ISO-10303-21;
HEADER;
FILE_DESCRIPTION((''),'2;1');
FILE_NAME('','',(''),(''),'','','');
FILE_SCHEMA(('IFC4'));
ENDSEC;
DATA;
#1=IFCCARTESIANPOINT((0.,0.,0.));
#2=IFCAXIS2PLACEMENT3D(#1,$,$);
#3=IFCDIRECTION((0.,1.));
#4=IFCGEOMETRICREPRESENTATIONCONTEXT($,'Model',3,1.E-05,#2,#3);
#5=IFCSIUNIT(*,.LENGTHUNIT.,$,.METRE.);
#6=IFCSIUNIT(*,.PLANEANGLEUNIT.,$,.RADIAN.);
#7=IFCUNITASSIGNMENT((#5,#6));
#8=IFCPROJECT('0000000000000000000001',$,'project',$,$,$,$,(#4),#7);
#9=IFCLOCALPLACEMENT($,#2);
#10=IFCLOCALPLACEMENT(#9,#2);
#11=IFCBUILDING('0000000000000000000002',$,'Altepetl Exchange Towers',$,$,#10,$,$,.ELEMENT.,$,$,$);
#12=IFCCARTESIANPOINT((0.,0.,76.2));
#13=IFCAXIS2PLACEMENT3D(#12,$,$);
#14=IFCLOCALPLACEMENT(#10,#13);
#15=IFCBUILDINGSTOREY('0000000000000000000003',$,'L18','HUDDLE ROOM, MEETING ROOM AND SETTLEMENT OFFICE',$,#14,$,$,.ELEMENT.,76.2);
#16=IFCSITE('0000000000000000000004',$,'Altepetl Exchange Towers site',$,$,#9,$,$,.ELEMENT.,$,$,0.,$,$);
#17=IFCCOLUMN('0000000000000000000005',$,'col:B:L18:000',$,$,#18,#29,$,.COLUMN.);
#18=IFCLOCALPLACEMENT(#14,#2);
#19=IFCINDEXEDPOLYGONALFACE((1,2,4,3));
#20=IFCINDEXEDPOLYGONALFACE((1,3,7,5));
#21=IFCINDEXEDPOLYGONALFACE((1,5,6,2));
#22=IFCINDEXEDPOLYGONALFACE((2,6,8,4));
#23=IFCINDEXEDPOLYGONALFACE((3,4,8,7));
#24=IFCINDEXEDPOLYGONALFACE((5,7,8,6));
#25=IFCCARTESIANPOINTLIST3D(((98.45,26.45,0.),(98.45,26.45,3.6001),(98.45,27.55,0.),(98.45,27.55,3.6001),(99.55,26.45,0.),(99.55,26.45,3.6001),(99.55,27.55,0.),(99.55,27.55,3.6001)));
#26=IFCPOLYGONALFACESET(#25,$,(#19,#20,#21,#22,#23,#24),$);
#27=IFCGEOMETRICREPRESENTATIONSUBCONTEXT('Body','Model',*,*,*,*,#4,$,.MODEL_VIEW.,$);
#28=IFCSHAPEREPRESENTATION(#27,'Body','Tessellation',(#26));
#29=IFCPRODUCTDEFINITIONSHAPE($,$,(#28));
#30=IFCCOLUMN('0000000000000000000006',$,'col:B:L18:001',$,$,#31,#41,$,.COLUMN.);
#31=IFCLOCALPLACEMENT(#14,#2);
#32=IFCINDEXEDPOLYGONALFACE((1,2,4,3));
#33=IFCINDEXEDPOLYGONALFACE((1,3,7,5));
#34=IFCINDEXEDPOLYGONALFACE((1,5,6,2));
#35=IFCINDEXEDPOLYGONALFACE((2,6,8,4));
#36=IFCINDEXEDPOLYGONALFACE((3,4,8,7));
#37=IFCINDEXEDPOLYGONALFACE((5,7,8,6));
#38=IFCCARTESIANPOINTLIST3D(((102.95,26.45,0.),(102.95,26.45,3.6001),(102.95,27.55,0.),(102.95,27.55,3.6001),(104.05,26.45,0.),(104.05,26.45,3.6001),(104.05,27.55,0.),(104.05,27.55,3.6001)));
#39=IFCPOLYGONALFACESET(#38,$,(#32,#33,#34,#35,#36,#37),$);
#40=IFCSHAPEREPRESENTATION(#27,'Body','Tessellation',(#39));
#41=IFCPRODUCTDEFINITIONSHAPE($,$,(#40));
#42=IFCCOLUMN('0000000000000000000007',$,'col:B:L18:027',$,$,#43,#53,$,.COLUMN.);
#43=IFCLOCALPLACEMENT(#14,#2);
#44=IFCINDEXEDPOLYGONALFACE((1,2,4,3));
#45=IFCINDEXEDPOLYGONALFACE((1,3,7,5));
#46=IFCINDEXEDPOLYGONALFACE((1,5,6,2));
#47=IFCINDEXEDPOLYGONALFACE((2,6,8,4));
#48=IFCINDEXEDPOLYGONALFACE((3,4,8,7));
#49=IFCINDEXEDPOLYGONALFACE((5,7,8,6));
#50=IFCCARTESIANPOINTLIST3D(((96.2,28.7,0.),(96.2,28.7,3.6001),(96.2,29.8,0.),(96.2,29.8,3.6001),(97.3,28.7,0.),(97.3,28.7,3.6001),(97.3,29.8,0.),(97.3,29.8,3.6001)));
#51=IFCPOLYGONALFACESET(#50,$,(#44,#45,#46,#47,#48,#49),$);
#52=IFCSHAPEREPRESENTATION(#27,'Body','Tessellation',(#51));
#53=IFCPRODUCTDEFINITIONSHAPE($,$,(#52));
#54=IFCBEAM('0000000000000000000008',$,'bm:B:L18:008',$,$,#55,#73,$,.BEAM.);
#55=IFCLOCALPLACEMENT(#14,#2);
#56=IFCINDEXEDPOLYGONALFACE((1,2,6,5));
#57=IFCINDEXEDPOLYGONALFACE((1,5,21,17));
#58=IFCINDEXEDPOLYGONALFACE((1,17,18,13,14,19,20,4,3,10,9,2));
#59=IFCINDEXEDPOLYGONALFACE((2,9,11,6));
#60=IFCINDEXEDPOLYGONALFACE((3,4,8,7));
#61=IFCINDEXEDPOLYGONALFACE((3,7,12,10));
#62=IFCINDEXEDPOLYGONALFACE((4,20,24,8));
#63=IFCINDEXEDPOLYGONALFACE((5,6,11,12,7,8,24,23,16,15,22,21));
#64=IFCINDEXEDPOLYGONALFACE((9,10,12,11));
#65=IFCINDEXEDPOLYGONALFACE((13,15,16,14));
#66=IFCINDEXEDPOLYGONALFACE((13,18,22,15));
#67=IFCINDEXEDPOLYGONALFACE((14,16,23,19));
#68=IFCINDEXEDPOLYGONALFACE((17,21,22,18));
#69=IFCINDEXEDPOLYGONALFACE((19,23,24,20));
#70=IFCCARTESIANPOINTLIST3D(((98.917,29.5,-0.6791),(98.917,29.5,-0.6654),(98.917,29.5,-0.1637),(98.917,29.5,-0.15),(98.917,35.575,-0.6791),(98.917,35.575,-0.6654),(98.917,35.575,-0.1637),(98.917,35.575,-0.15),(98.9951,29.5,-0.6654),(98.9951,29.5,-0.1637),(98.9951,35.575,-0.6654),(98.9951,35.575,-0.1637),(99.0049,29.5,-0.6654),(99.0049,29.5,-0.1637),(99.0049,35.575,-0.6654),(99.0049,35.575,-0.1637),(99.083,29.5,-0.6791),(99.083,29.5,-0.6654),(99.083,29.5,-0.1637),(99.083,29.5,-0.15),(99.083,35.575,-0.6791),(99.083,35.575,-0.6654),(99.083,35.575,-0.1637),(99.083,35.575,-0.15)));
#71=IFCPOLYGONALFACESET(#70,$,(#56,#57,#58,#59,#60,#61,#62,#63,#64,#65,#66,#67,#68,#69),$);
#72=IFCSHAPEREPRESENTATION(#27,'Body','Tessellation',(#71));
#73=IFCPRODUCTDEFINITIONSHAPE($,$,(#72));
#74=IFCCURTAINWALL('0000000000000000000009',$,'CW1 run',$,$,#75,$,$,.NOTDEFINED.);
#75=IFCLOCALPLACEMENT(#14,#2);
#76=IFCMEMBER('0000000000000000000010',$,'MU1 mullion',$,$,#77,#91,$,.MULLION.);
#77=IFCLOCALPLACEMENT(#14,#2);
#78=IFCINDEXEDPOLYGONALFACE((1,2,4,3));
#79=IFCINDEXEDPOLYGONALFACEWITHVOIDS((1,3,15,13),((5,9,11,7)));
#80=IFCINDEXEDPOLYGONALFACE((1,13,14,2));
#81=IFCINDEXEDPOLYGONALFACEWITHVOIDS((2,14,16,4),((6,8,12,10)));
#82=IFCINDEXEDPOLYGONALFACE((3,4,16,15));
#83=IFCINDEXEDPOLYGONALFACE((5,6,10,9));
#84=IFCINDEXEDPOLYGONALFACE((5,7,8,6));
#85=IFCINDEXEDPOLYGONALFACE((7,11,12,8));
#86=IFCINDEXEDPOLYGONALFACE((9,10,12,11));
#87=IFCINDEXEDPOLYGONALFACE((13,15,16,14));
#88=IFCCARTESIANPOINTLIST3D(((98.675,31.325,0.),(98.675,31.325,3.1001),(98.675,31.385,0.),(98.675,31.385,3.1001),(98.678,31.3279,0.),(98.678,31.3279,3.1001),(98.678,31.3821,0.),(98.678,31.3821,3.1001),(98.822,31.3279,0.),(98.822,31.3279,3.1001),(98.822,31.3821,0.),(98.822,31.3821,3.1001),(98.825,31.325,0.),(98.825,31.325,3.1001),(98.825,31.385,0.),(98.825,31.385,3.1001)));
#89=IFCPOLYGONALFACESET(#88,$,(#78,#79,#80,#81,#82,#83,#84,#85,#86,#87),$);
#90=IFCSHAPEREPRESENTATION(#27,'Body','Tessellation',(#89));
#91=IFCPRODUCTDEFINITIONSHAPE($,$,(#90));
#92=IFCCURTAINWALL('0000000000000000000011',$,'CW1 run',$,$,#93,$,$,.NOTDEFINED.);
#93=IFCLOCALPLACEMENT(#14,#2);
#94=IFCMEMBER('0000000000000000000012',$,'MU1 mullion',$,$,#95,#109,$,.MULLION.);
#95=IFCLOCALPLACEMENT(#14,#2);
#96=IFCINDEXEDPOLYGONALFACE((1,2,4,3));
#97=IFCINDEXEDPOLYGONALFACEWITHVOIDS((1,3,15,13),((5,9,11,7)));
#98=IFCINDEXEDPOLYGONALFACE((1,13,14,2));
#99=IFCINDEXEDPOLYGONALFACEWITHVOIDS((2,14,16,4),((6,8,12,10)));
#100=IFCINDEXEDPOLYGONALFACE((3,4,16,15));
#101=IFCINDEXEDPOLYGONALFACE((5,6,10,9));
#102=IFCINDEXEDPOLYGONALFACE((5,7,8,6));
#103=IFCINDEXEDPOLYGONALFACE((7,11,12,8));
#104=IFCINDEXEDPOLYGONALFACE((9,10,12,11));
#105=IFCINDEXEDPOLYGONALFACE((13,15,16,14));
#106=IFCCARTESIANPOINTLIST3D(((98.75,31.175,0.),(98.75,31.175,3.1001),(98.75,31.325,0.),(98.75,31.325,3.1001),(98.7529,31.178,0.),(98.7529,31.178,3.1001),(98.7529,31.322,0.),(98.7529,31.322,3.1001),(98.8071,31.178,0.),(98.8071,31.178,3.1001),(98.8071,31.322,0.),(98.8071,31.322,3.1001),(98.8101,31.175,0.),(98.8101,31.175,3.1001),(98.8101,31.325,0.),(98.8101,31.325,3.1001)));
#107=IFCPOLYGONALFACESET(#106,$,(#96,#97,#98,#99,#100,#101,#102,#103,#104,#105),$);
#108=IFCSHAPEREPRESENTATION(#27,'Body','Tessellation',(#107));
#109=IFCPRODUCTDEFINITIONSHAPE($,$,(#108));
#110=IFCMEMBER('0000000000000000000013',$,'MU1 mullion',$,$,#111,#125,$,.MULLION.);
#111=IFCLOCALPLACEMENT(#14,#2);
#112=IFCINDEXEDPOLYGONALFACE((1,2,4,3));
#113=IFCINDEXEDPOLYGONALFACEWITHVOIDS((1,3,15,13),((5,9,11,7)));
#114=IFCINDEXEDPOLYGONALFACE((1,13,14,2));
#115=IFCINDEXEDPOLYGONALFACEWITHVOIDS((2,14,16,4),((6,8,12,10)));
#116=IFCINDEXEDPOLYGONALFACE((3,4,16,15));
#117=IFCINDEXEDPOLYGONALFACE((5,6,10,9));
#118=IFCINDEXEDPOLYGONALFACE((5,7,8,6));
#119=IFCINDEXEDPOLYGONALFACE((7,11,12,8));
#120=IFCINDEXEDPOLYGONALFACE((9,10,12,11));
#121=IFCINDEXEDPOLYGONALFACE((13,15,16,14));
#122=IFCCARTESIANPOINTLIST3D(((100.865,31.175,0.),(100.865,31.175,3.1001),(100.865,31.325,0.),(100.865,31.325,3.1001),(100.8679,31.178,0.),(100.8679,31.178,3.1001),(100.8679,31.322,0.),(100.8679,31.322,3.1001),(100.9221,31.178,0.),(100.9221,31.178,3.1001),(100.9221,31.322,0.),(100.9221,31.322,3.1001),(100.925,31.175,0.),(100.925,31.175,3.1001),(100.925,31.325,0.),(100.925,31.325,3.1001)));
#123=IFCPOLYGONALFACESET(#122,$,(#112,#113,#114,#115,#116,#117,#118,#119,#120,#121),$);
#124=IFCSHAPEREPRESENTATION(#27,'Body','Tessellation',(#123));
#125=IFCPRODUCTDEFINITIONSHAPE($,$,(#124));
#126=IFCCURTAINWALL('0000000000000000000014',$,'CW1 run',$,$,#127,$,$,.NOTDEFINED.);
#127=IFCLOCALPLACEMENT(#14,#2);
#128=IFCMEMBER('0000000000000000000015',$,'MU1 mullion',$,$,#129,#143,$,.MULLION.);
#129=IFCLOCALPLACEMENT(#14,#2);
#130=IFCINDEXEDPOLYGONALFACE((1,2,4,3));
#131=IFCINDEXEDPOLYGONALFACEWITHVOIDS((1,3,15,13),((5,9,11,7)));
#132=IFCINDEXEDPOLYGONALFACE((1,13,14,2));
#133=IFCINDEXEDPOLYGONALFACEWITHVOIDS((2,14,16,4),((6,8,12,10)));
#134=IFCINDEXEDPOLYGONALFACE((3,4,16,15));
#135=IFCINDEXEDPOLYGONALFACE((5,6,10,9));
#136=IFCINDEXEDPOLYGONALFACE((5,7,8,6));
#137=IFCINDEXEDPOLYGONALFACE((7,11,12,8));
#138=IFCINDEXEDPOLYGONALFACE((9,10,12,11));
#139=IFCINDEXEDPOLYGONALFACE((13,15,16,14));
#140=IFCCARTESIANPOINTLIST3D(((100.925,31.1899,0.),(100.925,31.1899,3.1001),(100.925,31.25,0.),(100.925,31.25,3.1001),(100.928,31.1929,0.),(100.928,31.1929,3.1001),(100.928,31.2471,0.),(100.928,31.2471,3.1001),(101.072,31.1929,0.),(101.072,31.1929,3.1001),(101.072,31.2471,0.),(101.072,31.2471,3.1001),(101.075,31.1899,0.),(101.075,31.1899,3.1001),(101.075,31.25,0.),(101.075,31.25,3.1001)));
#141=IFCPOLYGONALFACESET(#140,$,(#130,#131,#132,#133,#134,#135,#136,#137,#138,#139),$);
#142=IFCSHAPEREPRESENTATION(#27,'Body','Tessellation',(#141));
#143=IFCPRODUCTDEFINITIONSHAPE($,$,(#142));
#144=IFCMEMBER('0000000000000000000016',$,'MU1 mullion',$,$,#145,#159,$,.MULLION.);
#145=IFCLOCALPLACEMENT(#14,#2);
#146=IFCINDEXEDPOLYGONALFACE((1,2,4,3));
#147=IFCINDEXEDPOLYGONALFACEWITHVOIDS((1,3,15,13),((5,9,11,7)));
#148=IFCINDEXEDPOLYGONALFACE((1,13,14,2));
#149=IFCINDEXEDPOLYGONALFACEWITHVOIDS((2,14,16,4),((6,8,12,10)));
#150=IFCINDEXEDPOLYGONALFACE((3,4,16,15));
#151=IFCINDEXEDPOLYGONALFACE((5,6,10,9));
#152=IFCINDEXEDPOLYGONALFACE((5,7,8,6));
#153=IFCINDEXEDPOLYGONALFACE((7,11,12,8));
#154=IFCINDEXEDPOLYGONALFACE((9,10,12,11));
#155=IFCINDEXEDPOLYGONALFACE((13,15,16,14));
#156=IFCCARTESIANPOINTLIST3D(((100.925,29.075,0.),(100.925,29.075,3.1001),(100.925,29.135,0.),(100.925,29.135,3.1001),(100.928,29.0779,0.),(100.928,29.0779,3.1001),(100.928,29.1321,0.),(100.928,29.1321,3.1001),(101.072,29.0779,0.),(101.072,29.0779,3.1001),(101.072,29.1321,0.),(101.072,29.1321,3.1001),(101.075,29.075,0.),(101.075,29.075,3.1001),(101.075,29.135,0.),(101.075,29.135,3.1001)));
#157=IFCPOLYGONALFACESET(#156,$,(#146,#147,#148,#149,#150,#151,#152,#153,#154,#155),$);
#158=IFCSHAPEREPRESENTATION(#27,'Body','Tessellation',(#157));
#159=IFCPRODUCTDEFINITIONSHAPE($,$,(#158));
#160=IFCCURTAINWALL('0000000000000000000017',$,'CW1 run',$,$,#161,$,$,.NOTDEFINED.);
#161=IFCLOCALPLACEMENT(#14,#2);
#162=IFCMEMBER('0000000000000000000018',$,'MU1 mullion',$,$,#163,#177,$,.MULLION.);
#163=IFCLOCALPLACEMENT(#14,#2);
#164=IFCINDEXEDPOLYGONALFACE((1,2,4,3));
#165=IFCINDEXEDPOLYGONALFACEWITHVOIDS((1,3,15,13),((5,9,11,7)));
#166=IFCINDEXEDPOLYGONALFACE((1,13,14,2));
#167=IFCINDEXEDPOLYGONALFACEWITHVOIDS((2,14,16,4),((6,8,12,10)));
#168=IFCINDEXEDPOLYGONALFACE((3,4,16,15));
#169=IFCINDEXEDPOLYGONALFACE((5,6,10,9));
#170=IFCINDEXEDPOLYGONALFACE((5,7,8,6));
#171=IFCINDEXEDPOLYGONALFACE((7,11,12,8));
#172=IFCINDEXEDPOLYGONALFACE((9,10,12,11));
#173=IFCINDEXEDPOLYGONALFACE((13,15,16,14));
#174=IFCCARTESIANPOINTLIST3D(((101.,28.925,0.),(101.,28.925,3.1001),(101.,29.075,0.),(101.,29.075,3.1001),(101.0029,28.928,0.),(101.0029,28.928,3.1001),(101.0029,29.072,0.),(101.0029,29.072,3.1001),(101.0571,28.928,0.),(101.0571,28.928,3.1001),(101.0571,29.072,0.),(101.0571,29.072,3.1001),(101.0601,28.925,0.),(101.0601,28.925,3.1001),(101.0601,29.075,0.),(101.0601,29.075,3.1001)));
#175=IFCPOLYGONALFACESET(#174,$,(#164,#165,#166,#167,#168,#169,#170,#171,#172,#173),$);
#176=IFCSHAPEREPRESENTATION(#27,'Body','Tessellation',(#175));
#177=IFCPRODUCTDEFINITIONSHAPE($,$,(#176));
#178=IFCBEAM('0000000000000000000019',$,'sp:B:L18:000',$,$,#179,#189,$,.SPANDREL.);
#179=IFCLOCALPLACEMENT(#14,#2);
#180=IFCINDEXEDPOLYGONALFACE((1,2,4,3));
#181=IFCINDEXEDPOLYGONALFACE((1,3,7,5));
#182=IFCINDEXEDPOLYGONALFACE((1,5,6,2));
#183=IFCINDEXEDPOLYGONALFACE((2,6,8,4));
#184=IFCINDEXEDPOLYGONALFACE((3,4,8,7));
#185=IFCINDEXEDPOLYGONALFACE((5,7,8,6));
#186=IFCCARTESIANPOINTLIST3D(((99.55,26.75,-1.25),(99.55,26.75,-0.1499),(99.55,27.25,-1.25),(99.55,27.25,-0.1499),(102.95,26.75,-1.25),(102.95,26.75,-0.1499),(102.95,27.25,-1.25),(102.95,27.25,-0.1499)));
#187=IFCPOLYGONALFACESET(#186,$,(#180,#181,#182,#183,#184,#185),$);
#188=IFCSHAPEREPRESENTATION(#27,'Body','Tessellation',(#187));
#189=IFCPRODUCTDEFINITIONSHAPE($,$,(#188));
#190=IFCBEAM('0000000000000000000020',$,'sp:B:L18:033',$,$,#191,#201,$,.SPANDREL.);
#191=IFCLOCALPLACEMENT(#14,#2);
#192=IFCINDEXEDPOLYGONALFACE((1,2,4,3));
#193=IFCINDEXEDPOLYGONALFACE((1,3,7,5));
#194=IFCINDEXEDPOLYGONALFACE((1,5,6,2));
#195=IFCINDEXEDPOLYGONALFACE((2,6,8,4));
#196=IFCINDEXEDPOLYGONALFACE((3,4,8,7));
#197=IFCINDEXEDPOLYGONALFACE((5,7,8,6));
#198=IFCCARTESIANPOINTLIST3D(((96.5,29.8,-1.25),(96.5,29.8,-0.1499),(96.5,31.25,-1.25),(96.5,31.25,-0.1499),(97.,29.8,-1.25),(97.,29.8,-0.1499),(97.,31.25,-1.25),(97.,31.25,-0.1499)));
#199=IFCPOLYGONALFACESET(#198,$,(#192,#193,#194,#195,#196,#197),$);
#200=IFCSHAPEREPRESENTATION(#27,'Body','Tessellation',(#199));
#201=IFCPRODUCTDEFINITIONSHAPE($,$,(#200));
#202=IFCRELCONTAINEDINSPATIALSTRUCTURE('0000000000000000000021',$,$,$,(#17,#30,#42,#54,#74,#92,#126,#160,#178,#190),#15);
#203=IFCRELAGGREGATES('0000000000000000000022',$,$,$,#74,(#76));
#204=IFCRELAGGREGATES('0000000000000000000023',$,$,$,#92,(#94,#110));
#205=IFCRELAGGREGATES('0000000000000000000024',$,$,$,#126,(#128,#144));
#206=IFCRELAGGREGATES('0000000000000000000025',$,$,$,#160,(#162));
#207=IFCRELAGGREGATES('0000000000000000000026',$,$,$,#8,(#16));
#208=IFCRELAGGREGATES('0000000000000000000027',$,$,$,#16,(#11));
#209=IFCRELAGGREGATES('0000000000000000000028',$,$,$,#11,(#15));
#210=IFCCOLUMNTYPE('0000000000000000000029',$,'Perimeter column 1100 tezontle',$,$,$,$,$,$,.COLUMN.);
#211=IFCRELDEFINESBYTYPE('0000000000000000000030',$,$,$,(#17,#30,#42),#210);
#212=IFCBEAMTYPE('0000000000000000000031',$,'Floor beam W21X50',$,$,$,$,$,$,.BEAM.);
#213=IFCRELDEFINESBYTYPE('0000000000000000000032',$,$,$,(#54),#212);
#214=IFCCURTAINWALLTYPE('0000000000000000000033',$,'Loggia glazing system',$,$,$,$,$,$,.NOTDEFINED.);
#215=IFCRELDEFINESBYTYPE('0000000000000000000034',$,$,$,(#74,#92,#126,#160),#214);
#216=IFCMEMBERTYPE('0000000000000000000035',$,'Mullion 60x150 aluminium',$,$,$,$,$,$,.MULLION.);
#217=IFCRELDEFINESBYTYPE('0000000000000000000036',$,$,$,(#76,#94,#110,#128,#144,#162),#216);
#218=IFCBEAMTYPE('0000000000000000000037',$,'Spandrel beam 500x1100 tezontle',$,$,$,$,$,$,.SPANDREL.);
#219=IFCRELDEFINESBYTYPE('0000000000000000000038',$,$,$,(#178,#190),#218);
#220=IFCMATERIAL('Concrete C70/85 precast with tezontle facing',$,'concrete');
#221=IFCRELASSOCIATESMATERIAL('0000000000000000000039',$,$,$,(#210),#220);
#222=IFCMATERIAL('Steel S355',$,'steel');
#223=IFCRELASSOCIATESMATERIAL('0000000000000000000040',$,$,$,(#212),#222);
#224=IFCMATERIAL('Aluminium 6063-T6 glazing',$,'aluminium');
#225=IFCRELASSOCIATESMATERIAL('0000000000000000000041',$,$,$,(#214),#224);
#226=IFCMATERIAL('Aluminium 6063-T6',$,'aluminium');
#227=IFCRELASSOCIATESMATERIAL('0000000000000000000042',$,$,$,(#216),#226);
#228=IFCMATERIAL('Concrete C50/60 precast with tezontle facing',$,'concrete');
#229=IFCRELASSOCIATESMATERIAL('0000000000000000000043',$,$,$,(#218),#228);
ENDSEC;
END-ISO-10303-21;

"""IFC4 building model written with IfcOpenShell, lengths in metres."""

from ifc_helpers import new_model, si_unit, direction, frame, origin, origin_2d, place, context, subcontext, project, spatial, rectangle, hollow_rectangle, i_section, extrude, material, material_profile, profile_set, type_object, element, aggregate, save


model = new_model("IFC4")

# Units and contexts
model_context = context("Model", 3, precision=1e-05, world=origin(), true_north=direction((0.0, 1.0)))
body_context = subcontext(model_context, "Body", "Model", "MODEL_VIEW")
ifc_project = project(units=[si_unit("LENGTHUNIT", "METRE"), si_unit("PLANEANGLEUNIT", "RADIAN")], contexts=[model_context])

# Site, building, storey
site_placement = place(None, origin())
site = spatial("IfcSite", under=ifc_project, at=site_placement, Name="Altepetl Exchange Towers site", CompositionType="ELEMENT", RefElevation=0.0)
building_placement = place(site_placement, origin())
building = spatial("IfcBuilding", under=site, at=building_placement, Name="Altepetl Exchange Towers", CompositionType="ELEMENT")
storey_placement = place(building_placement, frame((0.0, 0.0, 76.2)))
storey = spatial("IfcBuildingStorey", under=building, at=storey_placement, Name="L18", Description="HUDDLE ROOM, MEETING ROOM AND SETTLEMENT OFFICE", CompositionType="ELEMENT", Elevation=76.2)

# Columns
ifc_material_1 = material(Name="Concrete C70/85 precast with tezontle facing", Category="concrete")
ifc_material_profile_1 = material_profile(ifc_material_1, rectangle(XDim=1.1001, YDim=1.1001, at=origin_2d()), Name="1100 x 1100")
ifc_profile_set_1 = profile_set([ifc_material_profile_1], Name="Concrete C70/85 precast with tezontle facing")
column_type = type_object("IfcColumnType", Name="Perimeter column 1100 tezontle", PredefinedType="COLUMN", material=ifc_profile_set_1)
for number, where, name in (
    (1, (99.0, 27.0, 0.0), "col:B:L18:000"),
    (2, (103.5, 27.0, 0.0), "col:B:L18:001"),
    (3, (96.75, 29.25, 0.0), "col:B:L18:027"),
):
    element("IfcColumn", number, at=place(storey_placement, frame(where)), inside=storey, type_object=column_type, Name=name, PredefinedType="COLUMN", context=body_context, shape_type="SweptSolid", body=[
        extrude(rectangle(XDim=1.1001, YDim=1.1001, at=origin_2d()), origin(), (0.0, 0.0, 1.0), 3.6001),
    ])

# Beam
ifc_material_2 = material(Name="Steel S355", Category="steel")
ifc_material_profile_2 = material_profile(ifc_material_2, i_section(OverallWidth=0.166, OverallDepth=0.5291, WebThickness=0.0098, FlangeThickness=0.0137, at=origin_2d()), Name="W21X50")
ifc_profile_set_2 = profile_set([ifc_material_profile_2], Name="Steel S355")
beam_type_1 = type_object("IfcBeamType", Name="Floor beam W21X50", PredefinedType="BEAM", material=ifc_profile_set_2)
beam_1_placement = place(storey_placement, frame((99.0, 29.5, -0.4146), z_axis=(0.0, 1.0, 0.0), x_axis=(-1.0, 0.0, 0.0)))
element("IfcBeam", 4, at=beam_1_placement, inside=storey, type_object=beam_type_1, Name="bm:B:L18:008", PredefinedType="BEAM", context=body_context, shape_type="SweptSolid", body=[
    extrude(i_section(OverallWidth=0.166, OverallDepth=0.5291, WebThickness=0.0098, FlangeThickness=0.0137, at=origin_2d()), origin(), (0.0, 0.0, 1.0), 6.075),
])

# Curtain wall, member
ifc_material_3 = material(Name="Aluminium 6063-T6 glazing", Category="aluminium")
curtain_wall_type = type_object("IfcCurtainWallType", Name="Loggia glazing system", PredefinedType="NOTDEFINED", material=ifc_material_3)
curtain_wall_1_placement = place(storey_placement, origin())
curtain_wall_1 = element("IfcCurtainWall", 5, at=curtain_wall_1_placement, inside=storey, type_object=curtain_wall_type, Name="CW1 run", PredefinedType="NOTDEFINED")
ifc_material_4 = material(Name="Aluminium 6063-T6", Category="aluminium")
ifc_material_profile_3 = material_profile(ifc_material_4, hollow_rectangle(XDim=0.0601, YDim=0.1499, WallThickness=0.0029, at=origin_2d()), Name="Mullion 60x150 aluminium")
ifc_profile_set_3 = profile_set([ifc_material_profile_3], Name="Aluminium 6063-T6")
member_type = type_object("IfcMemberType", Name="Mullion 60x150 aluminium", PredefinedType="MULLION", material=ifc_profile_set_3)
member_1_placement = place(storey_placement, frame((98.75, 31.355, 0.0), z_axis=(0.0, 0.0, 1.0), x_axis=(0.0, -1.0, 0.0)))
member_1 = element("IfcMember", 6, at=member_1_placement, type_object=member_type, Name="MU1 mullion", PredefinedType="MULLION", context=body_context, shape_type="SweptSolid", body=[
    extrude(hollow_rectangle(XDim=0.0601, YDim=0.1499, WallThickness=0.0029, at=origin_2d()), origin(), (0.0, 0.0, 1.0), 3.1001),
])

# Curtain walls, members
curtain_wall_2_placement = place(storey_placement, origin())
curtain_wall_2 = element("IfcCurtainWall", 7, at=curtain_wall_2_placement, inside=storey, type_object=curtain_wall_type, Name="CW1 run", PredefinedType="NOTDEFINED")
member_2_placement = place(storey_placement, frame((98.78, 31.25, 0.0)))
member_2 = element("IfcMember", 8, at=member_2_placement, type_object=member_type, Name="MU1 mullion", PredefinedType="MULLION", context=body_context, shape_type="SweptSolid", body=[
    extrude(hollow_rectangle(XDim=0.0601, YDim=0.1499, WallThickness=0.0029, at=origin_2d()), origin(), (0.0, 0.0, 1.0), 3.1001),
])
member_3_placement = place(storey_placement, frame((100.895, 31.25, 0.0)))
member_3 = element("IfcMember", 9, at=member_3_placement, type_object=member_type, Name="MU1 mullion", PredefinedType="MULLION", context=body_context, shape_type="SweptSolid", body=[
    extrude(hollow_rectangle(XDim=0.0601, YDim=0.1499, WallThickness=0.0029, at=origin_2d()), origin(), (0.0, 0.0, 1.0), 3.1001),
])
curtain_wall_3_placement = place(storey_placement, origin())
curtain_wall_3 = element("IfcCurtainWall", 10, at=curtain_wall_3_placement, inside=storey, type_object=curtain_wall_type, Name="CW1 run", PredefinedType="NOTDEFINED")
member_4_placement = place(storey_placement, frame((101.0, 31.22, 0.0), z_axis=(0.0, 0.0, 1.0), x_axis=(0.0, -1.0, 0.0)))
member_4 = element("IfcMember", 11, at=member_4_placement, type_object=member_type, Name="MU1 mullion", PredefinedType="MULLION", context=body_context, shape_type="SweptSolid", body=[
    extrude(hollow_rectangle(XDim=0.0601, YDim=0.1499, WallThickness=0.0029, at=origin_2d()), origin(), (0.0, 0.0, 1.0), 3.1001),
])
member_5_placement = place(storey_placement, frame((101.0, 29.105, 0.0), z_axis=(0.0, 0.0, 1.0), x_axis=(0.0, -1.0, 0.0)))
member_5 = element("IfcMember", 12, at=member_5_placement, type_object=member_type, Name="MU1 mullion", PredefinedType="MULLION", context=body_context, shape_type="SweptSolid", body=[
    extrude(hollow_rectangle(XDim=0.0601, YDim=0.1499, WallThickness=0.0029, at=origin_2d()), origin(), (0.0, 0.0, 1.0), 3.1001),
])

# Curtain wall, member
curtain_wall_4_placement = place(storey_placement, origin())
curtain_wall_4 = element("IfcCurtainWall", 13, at=curtain_wall_4_placement, inside=storey, type_object=curtain_wall_type, Name="CW1 run", PredefinedType="NOTDEFINED")
member_6_placement = place(storey_placement, frame((101.03, 29.0, 0.0)))
member_6 = element("IfcMember", 14, at=member_6_placement, type_object=member_type, Name="MU1 mullion", PredefinedType="MULLION", context=body_context, shape_type="SweptSolid", body=[
    extrude(hollow_rectangle(XDim=0.0601, YDim=0.1499, WallThickness=0.0029, at=origin_2d()), origin(), (0.0, 0.0, 1.0), 3.1001),
])

# Beams
ifc_material_5 = material(Name="Concrete C50/60 precast with tezontle facing", Category="concrete")
ifc_material_profile_4 = material_profile(ifc_material_5, rectangle(XDim=0.5, YDim=1.1001, at=origin_2d()), Name="500 x 1100")
ifc_profile_set_4 = profile_set([ifc_material_profile_4], Name="Concrete C50/60 precast with tezontle facing")
beam_type_2 = type_object("IfcBeamType", Name="Spandrel beam 500x1100 tezontle", PredefinedType="SPANDREL", material=ifc_profile_set_4)
beam_2_placement = place(storey_placement, frame((99.55, 27.0, -0.7), z_axis=(1.0, 0.0, 0.0), x_axis=(0.0, 1.0, 0.0)))
element("IfcBeam", 15, at=beam_2_placement, inside=storey, type_object=beam_type_2, Name="sp:B:L18:000", PredefinedType="SPANDREL", context=body_context, shape_type="SweptSolid", body=[
    extrude(rectangle(XDim=0.5, YDim=1.1001, at=origin_2d()), origin(), (0.0, 0.0, 1.0), 3.3999),
])
beam_3_placement = place(storey_placement, frame((96.75, 31.25, -0.7), z_axis=(0.0, -1.0, 0.0), x_axis=(1.0, 0.0, 0.0)))
element("IfcBeam", 16, at=beam_3_placement, inside=storey, type_object=beam_type_2, Name="sp:B:L18:033", PredefinedType="SPANDREL", context=body_context, shape_type="SweptSolid", body=[
    extrude(rectangle(XDim=0.5, YDim=1.1001, at=origin_2d()), origin(), (0.0, 0.0, 1.0), 1.45),
])

aggregate(curtain_wall_1, [member_1])
aggregate(curtain_wall_2, [member_2, member_3])
aggregate(curtain_wall_3, [member_4, member_5])
aggregate(curtain_wall_4, [member_6])

save(model, "model.ifc")
